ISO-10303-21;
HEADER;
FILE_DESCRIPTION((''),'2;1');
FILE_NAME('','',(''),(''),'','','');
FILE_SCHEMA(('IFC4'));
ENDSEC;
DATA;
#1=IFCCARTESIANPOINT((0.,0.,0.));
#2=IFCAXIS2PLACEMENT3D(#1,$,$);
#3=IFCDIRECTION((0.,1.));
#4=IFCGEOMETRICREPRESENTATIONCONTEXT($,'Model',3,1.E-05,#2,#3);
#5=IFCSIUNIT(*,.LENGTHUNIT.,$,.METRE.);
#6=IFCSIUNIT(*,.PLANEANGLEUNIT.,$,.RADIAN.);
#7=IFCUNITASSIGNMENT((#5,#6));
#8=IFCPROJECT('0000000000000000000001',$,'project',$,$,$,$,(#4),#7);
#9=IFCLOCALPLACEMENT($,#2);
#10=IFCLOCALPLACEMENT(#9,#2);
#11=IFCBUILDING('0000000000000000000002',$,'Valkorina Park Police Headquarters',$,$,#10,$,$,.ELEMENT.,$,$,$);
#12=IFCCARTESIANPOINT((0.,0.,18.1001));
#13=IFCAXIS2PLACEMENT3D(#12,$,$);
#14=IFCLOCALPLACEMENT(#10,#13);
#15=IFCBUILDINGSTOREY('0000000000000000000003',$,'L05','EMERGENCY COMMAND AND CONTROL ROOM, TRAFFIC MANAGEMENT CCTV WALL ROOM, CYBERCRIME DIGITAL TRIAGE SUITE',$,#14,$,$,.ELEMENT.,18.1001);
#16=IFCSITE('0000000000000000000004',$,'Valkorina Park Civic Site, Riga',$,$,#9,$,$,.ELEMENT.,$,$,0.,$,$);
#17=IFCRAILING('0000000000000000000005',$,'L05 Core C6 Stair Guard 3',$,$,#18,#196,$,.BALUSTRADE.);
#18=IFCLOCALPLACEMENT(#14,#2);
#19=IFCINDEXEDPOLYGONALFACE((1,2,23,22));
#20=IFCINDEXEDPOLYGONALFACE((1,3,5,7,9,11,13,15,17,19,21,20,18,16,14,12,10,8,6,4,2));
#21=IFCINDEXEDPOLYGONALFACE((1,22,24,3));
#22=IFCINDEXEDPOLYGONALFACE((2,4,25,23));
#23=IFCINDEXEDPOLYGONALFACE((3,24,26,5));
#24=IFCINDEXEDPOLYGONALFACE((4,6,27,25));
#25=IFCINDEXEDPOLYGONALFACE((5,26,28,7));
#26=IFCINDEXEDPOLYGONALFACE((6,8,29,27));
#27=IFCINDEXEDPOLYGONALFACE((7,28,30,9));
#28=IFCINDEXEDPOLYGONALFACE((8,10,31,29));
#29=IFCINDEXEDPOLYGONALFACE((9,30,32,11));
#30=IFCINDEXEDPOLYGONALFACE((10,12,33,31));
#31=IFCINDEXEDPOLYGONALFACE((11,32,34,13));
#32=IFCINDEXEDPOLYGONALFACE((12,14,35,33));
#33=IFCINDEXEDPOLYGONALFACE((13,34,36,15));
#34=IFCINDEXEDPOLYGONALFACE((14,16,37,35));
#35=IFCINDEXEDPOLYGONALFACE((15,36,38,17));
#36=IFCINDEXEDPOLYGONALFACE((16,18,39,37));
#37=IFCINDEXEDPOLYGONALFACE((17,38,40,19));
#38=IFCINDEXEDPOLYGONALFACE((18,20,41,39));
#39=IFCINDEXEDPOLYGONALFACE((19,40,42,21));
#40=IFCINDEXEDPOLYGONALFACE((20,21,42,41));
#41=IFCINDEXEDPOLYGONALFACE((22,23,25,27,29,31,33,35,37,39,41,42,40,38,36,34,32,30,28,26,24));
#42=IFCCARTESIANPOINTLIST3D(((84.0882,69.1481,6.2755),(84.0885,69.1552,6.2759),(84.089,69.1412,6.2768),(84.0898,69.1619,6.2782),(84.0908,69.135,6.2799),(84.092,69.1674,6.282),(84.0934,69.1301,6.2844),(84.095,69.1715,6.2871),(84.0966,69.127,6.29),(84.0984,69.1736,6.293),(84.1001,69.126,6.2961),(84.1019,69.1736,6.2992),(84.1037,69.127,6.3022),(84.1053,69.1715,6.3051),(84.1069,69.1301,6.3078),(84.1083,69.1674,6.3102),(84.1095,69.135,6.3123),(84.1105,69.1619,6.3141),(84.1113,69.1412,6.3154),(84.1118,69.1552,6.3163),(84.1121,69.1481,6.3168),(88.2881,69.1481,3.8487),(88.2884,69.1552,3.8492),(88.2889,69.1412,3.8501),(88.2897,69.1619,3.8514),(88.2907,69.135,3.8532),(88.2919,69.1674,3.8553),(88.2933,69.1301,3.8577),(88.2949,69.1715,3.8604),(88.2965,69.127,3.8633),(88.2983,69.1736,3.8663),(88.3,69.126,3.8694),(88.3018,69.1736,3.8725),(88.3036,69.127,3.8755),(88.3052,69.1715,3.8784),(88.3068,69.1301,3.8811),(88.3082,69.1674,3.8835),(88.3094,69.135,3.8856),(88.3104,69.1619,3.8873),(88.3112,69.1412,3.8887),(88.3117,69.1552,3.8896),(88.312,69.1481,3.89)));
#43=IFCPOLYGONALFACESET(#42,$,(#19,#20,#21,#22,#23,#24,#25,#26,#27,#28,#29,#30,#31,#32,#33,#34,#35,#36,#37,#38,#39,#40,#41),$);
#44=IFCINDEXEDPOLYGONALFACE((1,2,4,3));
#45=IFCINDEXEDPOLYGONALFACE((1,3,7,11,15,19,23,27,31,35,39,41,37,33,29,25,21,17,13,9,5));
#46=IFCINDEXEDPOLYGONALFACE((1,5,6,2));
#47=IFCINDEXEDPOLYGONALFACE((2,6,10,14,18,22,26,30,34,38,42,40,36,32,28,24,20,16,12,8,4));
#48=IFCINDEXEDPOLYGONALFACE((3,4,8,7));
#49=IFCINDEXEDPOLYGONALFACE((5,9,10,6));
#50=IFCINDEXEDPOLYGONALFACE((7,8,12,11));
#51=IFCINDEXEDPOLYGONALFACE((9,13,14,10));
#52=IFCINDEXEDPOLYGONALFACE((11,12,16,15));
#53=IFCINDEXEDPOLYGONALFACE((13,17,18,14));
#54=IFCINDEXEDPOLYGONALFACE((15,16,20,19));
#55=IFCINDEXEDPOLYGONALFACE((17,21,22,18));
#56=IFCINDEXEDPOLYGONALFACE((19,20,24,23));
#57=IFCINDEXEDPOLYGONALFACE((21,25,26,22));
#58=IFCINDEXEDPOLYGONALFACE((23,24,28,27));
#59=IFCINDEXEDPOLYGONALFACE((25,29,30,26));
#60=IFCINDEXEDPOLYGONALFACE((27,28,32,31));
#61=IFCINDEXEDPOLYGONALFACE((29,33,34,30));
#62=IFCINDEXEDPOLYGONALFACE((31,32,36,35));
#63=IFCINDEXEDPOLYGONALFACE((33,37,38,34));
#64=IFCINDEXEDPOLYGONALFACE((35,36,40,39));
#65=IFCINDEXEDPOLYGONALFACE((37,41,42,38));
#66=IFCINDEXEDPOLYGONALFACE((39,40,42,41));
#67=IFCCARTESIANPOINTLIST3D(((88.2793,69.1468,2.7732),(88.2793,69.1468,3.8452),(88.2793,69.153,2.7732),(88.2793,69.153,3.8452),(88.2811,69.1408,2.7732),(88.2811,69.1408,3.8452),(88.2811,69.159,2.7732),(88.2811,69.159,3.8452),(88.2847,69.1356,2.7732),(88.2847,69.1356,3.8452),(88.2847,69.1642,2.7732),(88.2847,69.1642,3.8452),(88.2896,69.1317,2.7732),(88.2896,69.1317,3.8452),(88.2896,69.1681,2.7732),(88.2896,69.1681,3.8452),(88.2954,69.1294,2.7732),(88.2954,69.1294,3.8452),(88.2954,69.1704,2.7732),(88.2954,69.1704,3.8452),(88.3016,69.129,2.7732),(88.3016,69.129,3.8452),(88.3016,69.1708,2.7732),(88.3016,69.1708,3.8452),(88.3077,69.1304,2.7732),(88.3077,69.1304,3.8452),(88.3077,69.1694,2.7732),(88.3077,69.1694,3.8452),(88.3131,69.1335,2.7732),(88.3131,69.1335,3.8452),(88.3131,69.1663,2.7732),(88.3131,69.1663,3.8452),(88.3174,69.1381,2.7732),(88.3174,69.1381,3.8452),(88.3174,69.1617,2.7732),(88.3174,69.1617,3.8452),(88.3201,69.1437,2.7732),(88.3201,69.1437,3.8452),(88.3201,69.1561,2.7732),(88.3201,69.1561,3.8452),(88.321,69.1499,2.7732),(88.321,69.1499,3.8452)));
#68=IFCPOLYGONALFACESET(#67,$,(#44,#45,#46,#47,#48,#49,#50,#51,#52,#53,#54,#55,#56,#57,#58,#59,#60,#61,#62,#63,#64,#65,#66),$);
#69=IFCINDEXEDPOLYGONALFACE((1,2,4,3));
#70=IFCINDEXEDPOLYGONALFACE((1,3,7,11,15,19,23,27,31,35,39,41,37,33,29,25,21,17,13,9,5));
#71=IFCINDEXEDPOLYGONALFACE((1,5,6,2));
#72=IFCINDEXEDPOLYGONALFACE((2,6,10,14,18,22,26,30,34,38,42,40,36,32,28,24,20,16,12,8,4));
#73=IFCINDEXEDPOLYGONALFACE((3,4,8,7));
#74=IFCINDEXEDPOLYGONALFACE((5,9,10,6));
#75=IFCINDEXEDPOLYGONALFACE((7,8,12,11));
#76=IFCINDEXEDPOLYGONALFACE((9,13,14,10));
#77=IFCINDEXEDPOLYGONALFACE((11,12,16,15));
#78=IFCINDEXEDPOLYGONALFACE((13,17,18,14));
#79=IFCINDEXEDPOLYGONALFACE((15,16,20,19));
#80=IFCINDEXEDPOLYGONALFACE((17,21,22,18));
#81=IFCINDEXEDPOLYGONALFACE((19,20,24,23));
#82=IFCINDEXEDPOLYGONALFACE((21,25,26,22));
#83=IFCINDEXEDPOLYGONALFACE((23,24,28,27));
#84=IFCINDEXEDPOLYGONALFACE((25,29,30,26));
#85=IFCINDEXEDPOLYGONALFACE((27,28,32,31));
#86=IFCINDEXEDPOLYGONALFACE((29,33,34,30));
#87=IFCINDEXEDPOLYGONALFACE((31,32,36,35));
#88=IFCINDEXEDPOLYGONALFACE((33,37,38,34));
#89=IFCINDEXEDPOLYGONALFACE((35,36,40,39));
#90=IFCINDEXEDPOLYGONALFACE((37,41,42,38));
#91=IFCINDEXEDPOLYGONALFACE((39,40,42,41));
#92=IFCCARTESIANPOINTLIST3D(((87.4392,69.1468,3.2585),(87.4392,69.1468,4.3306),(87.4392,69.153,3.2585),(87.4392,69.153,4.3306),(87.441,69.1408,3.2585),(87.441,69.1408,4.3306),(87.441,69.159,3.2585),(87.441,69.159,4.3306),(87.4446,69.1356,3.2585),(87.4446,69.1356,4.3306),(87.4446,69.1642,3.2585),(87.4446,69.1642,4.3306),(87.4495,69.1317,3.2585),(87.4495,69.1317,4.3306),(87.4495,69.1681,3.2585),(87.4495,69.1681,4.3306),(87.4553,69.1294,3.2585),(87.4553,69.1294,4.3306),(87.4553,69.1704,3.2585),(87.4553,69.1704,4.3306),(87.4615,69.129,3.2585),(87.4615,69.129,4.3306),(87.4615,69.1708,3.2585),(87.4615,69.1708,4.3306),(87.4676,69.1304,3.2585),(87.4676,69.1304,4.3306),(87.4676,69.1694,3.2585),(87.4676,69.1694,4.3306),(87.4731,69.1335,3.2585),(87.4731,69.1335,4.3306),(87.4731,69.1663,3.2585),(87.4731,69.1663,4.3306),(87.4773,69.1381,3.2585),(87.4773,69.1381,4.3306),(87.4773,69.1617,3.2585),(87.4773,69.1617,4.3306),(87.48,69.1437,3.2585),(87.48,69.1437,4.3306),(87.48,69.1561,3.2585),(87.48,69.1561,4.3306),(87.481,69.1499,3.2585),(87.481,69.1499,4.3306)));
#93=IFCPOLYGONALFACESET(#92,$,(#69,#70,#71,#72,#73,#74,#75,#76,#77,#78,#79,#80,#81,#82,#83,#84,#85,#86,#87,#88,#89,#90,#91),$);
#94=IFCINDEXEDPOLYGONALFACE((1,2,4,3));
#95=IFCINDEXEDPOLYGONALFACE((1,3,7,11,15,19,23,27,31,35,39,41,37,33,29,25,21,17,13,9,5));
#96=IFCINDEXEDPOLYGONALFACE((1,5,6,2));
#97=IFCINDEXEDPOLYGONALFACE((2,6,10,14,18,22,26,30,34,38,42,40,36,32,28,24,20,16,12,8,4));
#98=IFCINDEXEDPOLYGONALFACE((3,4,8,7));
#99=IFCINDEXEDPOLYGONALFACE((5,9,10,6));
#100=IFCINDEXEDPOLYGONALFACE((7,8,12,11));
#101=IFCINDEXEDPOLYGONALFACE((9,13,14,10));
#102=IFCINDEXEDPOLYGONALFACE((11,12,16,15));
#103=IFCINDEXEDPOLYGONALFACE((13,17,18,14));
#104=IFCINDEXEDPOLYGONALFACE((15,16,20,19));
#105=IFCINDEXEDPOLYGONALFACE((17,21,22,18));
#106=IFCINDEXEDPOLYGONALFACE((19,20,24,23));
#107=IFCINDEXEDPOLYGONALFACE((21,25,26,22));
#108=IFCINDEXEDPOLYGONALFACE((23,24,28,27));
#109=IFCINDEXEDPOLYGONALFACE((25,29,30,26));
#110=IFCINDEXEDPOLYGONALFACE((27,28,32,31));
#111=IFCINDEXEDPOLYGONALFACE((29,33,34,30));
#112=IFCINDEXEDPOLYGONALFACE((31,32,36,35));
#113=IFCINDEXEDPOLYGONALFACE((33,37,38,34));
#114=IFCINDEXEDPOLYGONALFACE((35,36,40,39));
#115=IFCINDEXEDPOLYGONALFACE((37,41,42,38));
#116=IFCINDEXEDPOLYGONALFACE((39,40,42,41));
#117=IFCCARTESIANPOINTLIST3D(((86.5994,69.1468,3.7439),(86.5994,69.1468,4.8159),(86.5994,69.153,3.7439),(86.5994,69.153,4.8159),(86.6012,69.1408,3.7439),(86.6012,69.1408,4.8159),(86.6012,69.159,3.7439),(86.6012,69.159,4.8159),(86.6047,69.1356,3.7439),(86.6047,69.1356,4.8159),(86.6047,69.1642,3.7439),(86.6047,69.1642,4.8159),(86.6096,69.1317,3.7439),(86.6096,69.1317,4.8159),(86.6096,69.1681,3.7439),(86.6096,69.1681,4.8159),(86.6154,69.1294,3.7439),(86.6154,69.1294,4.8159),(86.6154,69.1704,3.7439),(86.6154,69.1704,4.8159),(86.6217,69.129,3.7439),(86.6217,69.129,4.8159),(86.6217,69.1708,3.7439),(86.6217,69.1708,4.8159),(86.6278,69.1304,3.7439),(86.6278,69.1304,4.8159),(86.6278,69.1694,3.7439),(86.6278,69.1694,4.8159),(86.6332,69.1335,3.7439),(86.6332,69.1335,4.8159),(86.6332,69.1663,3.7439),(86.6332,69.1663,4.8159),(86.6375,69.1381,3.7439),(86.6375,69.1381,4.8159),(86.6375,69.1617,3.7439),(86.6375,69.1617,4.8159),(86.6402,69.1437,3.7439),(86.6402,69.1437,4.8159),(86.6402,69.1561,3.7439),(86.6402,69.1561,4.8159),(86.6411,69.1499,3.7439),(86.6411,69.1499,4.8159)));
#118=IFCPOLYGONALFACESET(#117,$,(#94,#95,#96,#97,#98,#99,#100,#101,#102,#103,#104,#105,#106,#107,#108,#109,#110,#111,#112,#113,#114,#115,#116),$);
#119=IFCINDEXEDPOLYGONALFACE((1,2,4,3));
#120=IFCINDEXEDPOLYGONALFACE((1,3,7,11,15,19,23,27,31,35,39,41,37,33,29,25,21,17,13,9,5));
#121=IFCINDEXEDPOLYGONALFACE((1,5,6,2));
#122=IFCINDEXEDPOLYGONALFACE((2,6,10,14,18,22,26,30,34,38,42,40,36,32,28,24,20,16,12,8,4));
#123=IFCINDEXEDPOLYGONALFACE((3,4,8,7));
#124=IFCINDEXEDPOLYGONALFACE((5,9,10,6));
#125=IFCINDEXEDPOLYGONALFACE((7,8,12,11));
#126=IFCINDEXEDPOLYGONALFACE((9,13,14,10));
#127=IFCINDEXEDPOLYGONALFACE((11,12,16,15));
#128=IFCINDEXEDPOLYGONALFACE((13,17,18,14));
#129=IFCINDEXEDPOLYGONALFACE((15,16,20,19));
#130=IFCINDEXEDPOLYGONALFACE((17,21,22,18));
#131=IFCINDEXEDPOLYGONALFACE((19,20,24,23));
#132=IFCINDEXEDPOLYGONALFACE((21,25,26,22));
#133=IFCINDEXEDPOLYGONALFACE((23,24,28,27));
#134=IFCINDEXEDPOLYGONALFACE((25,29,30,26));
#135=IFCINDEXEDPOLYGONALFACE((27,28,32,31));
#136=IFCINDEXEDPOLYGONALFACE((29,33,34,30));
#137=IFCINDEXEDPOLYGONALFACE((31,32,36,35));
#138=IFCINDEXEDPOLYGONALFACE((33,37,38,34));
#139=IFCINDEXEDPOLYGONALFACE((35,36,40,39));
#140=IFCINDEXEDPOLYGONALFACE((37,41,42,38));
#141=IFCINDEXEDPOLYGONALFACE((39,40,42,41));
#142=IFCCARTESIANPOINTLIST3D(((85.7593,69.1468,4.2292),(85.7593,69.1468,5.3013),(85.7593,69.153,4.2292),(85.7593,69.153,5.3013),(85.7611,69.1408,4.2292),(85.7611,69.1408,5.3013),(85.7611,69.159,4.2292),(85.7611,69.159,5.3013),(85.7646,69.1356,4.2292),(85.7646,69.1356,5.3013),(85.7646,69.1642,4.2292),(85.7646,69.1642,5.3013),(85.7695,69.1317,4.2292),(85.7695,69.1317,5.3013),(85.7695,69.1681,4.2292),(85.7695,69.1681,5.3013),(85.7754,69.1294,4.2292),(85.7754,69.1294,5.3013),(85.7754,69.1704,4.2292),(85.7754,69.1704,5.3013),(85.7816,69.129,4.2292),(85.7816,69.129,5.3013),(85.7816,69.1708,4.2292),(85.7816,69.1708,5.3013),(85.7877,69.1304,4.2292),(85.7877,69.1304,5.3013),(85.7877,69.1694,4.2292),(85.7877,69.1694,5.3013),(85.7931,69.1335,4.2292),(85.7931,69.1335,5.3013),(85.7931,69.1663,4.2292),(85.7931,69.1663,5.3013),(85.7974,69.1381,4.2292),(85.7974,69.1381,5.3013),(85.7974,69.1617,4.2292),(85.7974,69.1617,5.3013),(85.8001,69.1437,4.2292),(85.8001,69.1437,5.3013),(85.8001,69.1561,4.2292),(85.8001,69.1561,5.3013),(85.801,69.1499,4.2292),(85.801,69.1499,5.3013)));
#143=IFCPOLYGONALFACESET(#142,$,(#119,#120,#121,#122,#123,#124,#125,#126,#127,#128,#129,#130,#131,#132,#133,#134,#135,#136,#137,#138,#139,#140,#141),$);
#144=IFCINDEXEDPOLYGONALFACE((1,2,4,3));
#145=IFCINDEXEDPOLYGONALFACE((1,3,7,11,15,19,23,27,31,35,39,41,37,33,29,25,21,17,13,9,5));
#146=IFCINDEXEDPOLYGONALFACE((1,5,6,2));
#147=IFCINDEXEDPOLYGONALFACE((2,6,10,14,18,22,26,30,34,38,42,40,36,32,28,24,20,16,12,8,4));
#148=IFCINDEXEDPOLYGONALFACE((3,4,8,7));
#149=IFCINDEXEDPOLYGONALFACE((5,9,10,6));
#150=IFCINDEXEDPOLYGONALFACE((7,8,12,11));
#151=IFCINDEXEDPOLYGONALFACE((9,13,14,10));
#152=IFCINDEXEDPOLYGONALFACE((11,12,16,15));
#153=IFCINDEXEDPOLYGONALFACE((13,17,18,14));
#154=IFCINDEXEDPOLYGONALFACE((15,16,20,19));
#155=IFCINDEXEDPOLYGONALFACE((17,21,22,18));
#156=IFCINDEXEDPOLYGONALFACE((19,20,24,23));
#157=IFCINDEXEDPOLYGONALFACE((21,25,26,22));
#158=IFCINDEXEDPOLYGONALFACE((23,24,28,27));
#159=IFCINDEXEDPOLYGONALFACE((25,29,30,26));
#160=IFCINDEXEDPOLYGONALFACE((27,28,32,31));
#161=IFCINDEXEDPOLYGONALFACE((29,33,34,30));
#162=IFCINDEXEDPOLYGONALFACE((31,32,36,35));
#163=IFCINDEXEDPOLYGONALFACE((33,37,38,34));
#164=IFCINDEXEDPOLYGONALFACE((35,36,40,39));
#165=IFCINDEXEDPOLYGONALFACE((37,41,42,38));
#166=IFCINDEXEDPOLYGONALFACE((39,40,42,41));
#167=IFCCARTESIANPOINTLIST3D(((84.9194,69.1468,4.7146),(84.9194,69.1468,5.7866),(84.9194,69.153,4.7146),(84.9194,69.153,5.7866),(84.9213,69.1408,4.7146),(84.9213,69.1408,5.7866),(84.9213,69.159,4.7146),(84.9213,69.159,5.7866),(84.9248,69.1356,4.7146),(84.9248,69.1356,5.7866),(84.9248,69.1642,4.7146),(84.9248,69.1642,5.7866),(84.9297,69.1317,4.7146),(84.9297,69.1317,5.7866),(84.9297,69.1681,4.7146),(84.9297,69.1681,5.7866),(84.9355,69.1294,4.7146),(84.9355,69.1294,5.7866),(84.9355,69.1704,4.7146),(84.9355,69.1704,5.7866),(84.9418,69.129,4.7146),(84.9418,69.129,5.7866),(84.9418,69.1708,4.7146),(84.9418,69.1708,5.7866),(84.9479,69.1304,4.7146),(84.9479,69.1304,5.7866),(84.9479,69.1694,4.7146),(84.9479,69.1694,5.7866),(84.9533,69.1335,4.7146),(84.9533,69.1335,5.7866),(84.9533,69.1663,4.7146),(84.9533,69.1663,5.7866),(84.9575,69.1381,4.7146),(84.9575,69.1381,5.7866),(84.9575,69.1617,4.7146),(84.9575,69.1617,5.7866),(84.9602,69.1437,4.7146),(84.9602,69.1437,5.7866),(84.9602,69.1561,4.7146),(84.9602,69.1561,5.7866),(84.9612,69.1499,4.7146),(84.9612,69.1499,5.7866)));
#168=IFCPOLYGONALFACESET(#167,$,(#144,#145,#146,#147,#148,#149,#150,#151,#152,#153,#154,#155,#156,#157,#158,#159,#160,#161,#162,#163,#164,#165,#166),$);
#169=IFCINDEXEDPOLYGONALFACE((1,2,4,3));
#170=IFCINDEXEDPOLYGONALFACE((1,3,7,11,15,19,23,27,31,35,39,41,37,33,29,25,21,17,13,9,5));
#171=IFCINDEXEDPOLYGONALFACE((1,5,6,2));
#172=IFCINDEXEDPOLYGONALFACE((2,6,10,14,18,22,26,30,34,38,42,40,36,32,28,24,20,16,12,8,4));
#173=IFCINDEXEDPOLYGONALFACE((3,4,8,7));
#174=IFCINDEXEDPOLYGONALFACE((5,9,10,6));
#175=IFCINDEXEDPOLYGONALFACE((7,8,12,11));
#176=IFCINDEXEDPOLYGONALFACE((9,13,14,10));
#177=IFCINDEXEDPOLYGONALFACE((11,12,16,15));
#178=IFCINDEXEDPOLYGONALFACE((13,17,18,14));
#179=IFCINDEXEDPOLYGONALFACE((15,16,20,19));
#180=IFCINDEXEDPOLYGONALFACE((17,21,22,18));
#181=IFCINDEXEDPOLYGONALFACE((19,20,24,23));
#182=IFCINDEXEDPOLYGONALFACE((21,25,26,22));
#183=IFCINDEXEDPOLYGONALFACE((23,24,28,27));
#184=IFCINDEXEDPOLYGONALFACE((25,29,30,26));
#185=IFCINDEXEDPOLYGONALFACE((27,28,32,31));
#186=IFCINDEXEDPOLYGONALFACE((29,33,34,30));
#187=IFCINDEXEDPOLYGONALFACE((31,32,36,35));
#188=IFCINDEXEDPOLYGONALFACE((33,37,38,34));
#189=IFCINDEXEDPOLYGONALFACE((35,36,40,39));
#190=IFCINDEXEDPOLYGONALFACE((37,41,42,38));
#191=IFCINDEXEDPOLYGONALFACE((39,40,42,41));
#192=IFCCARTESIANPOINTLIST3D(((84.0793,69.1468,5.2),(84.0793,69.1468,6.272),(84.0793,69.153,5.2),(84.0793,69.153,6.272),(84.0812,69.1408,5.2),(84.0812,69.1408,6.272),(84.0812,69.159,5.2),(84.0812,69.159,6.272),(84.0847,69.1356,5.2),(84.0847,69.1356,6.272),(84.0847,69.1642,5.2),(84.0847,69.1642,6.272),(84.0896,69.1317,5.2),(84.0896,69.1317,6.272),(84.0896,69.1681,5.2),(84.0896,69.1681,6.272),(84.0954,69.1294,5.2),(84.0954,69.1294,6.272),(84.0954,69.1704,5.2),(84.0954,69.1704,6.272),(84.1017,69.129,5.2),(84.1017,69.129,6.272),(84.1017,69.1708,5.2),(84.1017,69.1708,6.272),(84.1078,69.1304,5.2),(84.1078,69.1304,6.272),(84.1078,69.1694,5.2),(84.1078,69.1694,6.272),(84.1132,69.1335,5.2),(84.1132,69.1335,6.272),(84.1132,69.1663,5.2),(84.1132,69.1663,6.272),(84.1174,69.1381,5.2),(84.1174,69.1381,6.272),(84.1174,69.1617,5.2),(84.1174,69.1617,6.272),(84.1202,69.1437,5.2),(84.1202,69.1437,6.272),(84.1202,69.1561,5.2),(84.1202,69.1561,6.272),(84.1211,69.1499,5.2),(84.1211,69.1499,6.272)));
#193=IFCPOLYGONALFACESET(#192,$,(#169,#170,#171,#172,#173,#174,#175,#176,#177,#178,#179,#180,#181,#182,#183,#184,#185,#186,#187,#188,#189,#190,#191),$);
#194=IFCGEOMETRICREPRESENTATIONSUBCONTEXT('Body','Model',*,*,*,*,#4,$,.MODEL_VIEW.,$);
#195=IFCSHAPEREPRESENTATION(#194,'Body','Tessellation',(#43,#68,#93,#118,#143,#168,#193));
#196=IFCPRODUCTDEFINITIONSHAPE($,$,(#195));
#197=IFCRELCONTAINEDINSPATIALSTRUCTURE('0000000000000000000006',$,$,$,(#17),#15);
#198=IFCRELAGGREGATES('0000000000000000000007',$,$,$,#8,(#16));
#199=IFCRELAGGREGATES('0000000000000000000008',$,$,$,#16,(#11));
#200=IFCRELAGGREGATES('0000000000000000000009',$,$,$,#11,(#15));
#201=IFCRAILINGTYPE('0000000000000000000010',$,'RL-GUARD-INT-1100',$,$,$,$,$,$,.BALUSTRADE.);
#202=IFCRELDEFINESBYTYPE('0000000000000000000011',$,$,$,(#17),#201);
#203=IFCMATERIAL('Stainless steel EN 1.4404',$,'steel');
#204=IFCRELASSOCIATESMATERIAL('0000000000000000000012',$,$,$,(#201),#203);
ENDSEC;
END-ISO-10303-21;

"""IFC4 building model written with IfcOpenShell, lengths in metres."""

from ifc_helpers import new_model, si_unit, direction, frame, origin, origin_2d, place, context, subcontext, project, spatial, circle, extrude, material, type_object, element, save


model = new_model("IFC4")

# Units and contexts
model_context = context("Model", 3, precision=1e-05, world=origin(), true_north=direction((0.0, 1.0)))
body_context = subcontext(model_context, "Body", "Model", "MODEL_VIEW")
ifc_project = project(units=[si_unit("LENGTHUNIT", "METRE"), si_unit("PLANEANGLEUNIT", "RADIAN")], contexts=[model_context])

# Site, building, storey
site_placement = place(None, origin())
site = spatial("IfcSite", under=ifc_project, at=site_placement, Name="Valkorina Park Civic Site, Riga", CompositionType="ELEMENT", RefElevation=0.0)
building_placement = place(site_placement, origin())
building = spatial("IfcBuilding", under=site, at=building_placement, Name="Valkorina Park Police Headquarters", CompositionType="ELEMENT")
storey_placement = place(building_placement, frame((0.0, 0.0, 18.1001)))
storey = spatial("IfcBuildingStorey", under=building, at=storey_placement, Name="L05", Description="EMERGENCY COMMAND AND CONTROL ROOM, TRAFFIC MANAGEMENT CCTV WALL ROOM, CYBERCRIME DIGITAL TRIAGE SUITE", CompositionType="ELEMENT", Elevation=18.1001)

# Railing
ifc_material_1 = material(Name="Stainless steel EN 1.4404", Category="steel")
railing_type_1 = type_object("IfcRailingType", Name="RL-GUARD-INT-1100", PredefinedType="BALUSTRADE", material=ifc_material_1)
railing_1_placement = place(storey_placement, frame((88.3, 69.1499, 2.7732)))
element("IfcRailing", 1, at=railing_1_placement, inside=storey, type_object=railing_type_1, Name="L05 Core C6 Stair Guard 3", PredefinedType="BALUSTRADE", context=body_context, shape_type="SweptSolid", body=[
    extrude(circle(Radius=0.0239, at=origin_2d()), frame((0.0, 0.0, 1.0962), z_axis=(-0.865854, 0.0, 0.500296), x_axis=(0.0, -1.0, 0.0)), (0.0, 0.0, 1.0), 4.8506),
    extrude(circle(Radius=0.021, at=origin_2d()), origin(), (0.0, 0.0, 1.0), 1.072),
    extrude(circle(Radius=0.021, at=origin_2d()), frame((-0.8401, 0.0, 0.4854)), (0.0, 0.0, 1.0), 1.072),
    extrude(circle(Radius=0.021, at=origin_2d()), frame((-1.6799, 0.0, 0.9707)), (0.0, 0.0, 1.0), 1.072),
    extrude(circle(Radius=0.021, at=origin_2d()), frame((-2.52, 0.0, 1.4561)), (0.0, 0.0, 1.0), 1.072),
    extrude(circle(Radius=0.021, at=origin_2d()), frame((-3.3599, 0.0, 1.9414)), (0.0, 0.0, 1.0), 1.072),
    extrude(circle(Radius=0.021, at=origin_2d()), frame((-4.2, 0.0, 2.4268)), (0.0, 0.0, 1.0), 1.072),
])

save(model, "model.ifc")
